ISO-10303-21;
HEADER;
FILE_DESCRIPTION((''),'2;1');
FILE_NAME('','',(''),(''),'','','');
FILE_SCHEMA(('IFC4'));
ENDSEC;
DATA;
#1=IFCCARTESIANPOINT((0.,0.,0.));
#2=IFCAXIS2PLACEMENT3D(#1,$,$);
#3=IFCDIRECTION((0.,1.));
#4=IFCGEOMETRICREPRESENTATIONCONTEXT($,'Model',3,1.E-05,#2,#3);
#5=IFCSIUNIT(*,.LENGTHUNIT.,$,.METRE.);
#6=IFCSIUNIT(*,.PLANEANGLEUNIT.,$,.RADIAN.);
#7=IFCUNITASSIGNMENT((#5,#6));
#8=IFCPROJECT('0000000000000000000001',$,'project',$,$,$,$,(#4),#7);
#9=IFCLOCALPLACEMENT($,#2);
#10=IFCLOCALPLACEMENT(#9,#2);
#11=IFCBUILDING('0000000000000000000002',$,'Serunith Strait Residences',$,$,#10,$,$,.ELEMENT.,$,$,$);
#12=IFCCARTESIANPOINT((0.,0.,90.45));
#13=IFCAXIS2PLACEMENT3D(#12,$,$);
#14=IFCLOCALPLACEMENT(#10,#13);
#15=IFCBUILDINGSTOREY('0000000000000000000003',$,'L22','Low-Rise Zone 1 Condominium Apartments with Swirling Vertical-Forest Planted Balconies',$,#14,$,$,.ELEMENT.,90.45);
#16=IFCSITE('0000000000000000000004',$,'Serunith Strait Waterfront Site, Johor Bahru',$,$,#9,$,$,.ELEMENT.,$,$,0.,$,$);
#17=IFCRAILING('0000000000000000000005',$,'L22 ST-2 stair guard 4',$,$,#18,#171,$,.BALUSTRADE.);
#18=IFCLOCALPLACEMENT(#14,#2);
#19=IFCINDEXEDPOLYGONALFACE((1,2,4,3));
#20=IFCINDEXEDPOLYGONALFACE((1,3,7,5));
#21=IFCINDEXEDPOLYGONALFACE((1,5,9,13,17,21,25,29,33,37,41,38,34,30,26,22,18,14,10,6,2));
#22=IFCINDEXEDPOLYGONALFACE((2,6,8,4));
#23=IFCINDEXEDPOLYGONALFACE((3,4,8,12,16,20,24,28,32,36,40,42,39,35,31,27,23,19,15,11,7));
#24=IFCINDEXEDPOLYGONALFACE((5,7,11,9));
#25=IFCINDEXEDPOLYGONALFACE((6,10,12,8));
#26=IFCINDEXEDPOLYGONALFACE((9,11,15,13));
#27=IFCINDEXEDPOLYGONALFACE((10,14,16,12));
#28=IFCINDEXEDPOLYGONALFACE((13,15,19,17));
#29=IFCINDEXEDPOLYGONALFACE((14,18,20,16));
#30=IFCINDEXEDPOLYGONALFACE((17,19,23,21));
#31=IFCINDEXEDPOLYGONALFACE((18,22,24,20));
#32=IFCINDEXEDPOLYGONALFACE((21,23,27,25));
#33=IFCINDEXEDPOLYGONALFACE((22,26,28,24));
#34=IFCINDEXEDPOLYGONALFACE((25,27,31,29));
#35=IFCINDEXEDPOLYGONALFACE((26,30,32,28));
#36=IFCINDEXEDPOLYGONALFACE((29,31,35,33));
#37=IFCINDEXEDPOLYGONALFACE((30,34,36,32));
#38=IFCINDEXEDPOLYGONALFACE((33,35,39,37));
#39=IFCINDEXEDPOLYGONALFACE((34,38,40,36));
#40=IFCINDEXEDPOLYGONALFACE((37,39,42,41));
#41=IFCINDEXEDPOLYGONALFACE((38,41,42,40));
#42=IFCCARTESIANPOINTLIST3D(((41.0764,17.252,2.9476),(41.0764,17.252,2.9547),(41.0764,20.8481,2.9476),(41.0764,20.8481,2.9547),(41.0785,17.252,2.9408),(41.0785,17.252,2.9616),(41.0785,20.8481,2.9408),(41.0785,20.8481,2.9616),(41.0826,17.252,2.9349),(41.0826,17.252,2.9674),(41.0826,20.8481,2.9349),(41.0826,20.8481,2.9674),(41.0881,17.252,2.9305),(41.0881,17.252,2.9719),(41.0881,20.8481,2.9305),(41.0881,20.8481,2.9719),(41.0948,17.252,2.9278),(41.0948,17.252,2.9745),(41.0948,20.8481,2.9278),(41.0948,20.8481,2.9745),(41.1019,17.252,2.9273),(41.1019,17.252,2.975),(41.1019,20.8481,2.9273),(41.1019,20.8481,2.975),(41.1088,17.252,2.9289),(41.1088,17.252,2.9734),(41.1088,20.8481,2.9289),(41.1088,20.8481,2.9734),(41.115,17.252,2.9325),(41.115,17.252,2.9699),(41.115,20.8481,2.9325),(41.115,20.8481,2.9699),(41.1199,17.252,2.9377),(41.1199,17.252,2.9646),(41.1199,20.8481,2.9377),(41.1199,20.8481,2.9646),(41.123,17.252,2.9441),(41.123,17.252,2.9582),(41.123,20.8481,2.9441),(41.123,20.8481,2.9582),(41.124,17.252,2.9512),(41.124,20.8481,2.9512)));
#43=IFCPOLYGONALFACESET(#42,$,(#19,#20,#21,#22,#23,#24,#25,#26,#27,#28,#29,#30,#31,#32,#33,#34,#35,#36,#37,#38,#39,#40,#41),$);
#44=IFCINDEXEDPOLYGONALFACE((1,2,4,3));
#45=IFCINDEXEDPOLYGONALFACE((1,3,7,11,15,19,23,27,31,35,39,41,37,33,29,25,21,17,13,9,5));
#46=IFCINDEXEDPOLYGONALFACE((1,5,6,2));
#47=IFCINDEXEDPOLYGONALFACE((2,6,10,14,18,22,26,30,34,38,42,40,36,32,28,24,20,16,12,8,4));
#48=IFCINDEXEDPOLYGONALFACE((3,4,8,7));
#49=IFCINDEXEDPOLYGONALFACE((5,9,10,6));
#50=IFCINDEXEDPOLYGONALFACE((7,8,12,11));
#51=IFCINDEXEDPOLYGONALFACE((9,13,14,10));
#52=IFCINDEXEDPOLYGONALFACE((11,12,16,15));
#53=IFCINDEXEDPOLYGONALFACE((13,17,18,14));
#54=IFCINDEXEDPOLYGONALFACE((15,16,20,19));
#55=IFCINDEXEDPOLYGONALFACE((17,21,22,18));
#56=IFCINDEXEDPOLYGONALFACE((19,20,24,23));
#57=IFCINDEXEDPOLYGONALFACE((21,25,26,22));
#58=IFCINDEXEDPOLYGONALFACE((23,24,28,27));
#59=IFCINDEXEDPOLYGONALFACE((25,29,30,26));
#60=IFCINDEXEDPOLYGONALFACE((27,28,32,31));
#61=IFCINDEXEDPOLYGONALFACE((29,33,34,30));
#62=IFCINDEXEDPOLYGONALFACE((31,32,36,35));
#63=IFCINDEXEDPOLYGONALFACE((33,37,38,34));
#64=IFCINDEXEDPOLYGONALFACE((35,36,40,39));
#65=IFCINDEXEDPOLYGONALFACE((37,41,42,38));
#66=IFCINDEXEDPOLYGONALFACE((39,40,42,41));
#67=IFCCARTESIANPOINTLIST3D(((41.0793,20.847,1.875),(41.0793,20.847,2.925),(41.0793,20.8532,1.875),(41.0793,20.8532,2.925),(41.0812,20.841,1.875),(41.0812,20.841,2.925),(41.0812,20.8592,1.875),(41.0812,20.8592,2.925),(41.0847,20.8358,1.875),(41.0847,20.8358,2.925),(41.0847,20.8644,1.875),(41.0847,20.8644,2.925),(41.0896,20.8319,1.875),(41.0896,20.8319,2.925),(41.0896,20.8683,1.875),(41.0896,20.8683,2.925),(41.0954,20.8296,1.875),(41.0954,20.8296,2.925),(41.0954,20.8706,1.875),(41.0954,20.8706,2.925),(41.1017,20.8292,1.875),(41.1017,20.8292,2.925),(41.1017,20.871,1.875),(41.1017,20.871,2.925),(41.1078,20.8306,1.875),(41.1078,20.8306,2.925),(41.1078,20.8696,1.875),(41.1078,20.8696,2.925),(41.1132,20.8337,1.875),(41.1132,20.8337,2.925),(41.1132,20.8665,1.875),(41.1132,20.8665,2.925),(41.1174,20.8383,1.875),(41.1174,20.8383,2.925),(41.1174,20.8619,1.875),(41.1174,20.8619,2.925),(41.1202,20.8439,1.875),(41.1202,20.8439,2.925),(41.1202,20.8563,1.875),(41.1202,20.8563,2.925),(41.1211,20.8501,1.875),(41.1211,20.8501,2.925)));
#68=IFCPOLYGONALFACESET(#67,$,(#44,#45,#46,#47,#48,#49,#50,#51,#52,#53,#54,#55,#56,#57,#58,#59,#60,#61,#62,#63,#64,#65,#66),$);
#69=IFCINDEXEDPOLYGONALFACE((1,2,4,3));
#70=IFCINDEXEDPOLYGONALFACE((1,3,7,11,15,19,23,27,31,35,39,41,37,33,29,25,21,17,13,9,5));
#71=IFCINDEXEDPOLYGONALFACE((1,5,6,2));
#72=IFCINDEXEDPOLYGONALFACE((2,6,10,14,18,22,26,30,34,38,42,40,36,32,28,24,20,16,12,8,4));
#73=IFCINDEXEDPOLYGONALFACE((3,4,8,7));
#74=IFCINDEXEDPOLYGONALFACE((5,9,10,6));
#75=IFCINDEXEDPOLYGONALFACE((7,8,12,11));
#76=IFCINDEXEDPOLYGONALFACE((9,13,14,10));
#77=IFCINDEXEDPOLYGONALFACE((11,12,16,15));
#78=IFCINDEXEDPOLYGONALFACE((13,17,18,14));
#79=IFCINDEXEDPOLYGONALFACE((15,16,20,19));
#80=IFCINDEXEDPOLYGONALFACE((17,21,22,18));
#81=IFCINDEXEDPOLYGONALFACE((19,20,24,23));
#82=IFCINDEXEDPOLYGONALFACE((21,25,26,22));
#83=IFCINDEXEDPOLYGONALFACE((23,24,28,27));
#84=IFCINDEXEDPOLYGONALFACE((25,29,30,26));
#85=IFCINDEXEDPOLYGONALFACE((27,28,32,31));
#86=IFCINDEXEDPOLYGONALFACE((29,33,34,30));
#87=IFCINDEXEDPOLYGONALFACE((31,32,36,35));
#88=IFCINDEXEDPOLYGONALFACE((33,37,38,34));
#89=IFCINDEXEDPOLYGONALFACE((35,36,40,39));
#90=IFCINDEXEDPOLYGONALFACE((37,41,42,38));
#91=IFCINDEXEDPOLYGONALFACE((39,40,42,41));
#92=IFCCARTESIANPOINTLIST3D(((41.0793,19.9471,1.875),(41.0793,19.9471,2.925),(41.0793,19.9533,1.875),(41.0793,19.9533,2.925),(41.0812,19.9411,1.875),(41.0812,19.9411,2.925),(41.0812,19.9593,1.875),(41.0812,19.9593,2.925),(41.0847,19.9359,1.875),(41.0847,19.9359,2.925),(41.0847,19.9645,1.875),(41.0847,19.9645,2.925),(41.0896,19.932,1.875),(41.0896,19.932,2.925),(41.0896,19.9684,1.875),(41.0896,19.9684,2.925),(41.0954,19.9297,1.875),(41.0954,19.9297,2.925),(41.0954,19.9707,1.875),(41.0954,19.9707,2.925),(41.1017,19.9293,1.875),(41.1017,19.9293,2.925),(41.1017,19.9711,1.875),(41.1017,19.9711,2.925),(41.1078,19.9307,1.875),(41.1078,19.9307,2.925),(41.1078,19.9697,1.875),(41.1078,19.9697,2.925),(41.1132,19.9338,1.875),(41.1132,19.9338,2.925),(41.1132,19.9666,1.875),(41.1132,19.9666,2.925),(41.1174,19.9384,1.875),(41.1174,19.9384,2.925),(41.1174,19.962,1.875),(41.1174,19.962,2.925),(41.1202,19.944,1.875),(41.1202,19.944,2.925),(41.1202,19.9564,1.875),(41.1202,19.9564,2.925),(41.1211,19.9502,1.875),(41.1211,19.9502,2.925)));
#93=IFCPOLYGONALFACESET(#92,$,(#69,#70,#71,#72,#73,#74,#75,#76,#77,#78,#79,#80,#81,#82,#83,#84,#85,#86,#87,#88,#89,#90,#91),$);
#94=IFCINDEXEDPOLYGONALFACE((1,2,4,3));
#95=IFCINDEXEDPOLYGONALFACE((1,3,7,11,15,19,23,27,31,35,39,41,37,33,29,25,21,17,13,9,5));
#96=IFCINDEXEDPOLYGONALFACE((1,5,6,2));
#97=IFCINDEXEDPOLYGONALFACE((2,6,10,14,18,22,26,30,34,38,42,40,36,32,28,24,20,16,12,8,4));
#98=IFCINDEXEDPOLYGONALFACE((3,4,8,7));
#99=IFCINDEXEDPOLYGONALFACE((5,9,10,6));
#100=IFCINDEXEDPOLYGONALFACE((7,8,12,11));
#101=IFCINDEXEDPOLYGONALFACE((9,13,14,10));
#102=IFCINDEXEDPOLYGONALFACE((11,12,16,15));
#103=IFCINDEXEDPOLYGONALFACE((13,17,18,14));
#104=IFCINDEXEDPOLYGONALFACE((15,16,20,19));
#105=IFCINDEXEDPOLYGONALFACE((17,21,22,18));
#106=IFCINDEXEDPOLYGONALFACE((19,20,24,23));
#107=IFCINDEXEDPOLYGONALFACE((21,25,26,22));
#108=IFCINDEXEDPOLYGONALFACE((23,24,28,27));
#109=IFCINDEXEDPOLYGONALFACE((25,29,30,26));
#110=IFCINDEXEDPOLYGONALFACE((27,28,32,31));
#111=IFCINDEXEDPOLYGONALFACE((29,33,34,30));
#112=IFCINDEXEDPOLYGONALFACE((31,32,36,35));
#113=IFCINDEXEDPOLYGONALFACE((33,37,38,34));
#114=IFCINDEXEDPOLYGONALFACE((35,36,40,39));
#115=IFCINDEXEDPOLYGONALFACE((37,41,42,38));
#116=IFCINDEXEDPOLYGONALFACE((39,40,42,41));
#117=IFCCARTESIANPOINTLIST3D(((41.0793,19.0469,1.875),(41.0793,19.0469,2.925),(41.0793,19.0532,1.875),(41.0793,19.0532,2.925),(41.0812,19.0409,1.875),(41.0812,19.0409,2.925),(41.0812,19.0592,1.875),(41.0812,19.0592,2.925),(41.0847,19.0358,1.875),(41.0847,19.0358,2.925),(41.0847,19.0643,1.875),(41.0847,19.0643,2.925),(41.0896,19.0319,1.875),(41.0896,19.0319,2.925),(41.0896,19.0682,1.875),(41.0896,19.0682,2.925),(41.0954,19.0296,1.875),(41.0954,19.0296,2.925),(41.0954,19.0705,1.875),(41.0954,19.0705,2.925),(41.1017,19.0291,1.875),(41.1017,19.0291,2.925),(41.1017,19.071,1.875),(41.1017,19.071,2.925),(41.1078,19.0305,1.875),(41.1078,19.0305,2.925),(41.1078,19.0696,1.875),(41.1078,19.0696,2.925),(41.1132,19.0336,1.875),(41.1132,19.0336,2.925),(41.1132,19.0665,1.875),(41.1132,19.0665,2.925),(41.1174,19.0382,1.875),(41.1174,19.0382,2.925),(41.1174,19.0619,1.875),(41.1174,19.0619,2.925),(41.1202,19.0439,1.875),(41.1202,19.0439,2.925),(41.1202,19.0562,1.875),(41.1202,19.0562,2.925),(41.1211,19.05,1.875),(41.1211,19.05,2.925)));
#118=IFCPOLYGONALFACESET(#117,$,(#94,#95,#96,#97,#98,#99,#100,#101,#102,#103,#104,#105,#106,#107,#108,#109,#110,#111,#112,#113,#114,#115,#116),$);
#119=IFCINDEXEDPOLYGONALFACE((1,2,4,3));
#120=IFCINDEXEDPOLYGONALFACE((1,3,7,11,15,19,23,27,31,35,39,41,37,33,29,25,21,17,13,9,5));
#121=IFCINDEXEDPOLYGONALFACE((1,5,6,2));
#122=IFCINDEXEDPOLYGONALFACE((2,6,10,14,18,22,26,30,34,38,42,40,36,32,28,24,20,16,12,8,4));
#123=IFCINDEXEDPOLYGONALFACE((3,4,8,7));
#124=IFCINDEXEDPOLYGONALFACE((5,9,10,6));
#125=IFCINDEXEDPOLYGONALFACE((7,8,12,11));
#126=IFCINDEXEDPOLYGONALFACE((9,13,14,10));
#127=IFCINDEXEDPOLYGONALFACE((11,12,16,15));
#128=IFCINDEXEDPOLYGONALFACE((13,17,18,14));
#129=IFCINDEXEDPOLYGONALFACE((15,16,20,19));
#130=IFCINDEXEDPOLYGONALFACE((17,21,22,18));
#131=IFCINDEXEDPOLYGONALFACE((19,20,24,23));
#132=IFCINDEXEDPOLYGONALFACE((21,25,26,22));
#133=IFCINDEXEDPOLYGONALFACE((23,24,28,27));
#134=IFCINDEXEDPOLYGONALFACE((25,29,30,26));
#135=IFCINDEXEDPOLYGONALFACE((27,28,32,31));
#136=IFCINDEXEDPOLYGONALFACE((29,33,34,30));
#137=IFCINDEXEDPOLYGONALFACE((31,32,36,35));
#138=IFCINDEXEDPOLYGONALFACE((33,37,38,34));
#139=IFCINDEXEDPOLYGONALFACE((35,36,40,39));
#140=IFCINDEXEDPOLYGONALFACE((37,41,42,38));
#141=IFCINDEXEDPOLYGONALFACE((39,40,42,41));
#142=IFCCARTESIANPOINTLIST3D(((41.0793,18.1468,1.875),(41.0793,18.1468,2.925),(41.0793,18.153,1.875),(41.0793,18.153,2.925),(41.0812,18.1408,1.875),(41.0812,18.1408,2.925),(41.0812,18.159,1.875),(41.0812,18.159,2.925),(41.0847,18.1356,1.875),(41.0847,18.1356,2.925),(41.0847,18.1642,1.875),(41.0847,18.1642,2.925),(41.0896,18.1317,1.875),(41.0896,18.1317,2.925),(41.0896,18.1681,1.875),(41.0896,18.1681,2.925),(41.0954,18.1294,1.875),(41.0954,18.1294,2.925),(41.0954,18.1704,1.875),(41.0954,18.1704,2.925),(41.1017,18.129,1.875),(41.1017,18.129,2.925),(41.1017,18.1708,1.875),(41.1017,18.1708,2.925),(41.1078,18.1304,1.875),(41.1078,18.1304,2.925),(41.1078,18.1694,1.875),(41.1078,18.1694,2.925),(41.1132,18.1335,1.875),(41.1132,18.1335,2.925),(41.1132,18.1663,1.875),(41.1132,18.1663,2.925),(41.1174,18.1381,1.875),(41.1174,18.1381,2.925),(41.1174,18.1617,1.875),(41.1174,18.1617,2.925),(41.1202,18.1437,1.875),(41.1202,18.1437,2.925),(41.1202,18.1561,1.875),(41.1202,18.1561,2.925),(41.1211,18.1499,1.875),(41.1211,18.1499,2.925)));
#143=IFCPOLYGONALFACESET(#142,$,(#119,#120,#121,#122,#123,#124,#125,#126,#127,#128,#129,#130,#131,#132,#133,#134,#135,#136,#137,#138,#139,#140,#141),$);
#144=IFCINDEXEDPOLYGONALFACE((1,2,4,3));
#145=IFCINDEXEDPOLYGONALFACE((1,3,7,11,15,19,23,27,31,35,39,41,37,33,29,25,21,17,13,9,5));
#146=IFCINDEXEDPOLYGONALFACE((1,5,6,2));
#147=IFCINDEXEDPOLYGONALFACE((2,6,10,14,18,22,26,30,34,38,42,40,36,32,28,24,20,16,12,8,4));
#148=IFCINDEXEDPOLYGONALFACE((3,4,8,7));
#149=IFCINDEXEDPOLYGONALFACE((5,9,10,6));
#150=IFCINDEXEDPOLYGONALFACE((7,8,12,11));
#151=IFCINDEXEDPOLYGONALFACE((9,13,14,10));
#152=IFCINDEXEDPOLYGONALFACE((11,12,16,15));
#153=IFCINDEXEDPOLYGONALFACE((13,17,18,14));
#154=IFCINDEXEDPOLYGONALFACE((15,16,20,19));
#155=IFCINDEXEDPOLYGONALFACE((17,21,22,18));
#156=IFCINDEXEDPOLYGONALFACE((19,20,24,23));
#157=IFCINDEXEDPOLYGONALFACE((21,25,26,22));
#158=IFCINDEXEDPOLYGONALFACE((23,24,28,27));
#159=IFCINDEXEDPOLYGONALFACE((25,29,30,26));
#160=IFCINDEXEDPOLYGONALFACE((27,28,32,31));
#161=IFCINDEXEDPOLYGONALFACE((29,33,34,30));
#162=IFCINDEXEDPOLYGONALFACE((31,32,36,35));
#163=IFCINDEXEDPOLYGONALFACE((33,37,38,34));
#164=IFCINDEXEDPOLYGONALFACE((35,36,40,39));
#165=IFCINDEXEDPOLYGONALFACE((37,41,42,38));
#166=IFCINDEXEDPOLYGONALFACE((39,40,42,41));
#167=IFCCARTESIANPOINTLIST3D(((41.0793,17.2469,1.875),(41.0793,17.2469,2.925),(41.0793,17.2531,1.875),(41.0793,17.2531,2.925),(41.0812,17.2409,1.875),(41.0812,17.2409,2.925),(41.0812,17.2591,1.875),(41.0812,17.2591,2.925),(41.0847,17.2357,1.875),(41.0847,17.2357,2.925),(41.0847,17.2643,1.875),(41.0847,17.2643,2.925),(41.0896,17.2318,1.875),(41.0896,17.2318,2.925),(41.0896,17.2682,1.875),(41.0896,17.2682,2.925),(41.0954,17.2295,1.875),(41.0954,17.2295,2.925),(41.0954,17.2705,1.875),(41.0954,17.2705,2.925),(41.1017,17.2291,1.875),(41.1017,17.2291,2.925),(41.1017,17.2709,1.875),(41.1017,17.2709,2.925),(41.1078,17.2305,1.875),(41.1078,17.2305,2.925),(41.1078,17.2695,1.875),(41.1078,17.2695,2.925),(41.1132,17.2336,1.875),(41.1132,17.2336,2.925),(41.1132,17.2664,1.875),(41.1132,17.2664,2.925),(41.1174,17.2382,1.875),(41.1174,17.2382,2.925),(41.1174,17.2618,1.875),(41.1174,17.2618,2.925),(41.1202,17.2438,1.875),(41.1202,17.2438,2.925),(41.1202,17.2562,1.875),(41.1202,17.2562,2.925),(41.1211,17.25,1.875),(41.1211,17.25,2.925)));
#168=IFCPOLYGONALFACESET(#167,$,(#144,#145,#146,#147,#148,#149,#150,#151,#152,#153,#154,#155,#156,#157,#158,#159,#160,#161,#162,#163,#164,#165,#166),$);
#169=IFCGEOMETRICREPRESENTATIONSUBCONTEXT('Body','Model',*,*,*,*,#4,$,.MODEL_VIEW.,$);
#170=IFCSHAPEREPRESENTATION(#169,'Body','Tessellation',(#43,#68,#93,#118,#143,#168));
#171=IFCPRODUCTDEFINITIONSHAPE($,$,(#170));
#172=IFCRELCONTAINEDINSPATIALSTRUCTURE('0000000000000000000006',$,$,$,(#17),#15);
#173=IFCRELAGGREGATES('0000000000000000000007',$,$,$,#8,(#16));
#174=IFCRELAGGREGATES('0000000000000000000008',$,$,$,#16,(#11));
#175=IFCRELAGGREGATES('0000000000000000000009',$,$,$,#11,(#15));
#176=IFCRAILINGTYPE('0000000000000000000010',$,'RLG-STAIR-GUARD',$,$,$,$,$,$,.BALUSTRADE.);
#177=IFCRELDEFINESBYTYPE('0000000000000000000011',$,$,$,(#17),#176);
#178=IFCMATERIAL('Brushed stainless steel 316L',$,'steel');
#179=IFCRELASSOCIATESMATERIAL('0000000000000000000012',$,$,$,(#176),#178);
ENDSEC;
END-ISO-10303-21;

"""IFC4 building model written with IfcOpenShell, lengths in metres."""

from ifc_helpers import new_model, si_unit, direction, frame, origin, origin_2d, place, context, subcontext, project, spatial, circle, extrude, material, type_object, element, save


model = new_model("IFC4")

# Units and contexts
model_context = context("Model", 3, precision=1e-05, world=origin(), true_north=direction((0.0, 1.0)))
body_context = subcontext(model_context, "Body", "Model", "MODEL_VIEW")
ifc_project = project(units=[si_unit("LENGTHUNIT", "METRE"), si_unit("PLANEANGLEUNIT", "RADIAN")], contexts=[model_context])

# Site, building, storey
site_placement = place(None, origin())
site = spatial("IfcSite", under=ifc_project, at=site_placement, Name="Serunith Strait Waterfront Site, Johor Bahru", CompositionType="ELEMENT", RefElevation=0.0)
building_placement = place(site_placement, origin())
building = spatial("IfcBuilding", under=site, at=building_placement, Name="Serunith Strait Residences", CompositionType="ELEMENT")
storey_placement = place(building_placement, frame((0.0, 0.0, 90.45)))
storey = spatial("IfcBuildingStorey", under=building, at=storey_placement, Name="L22", Description="Low-Rise Zone 1 Condominium Apartments with Swirling Vertical-Forest Planted Balconies", CompositionType="ELEMENT", Elevation=90.45)

# Railing
ifc_material_1 = material(Name="Brushed stainless steel 316L", Category="steel")
railing_type_1 = type_object("IfcRailingType", Name="RLG-STAIR-GUARD", PredefinedType="BALUSTRADE", material=ifc_material_1)
for number, where, name in (
    (1, (41.1001, 20.8501, 1.875), "L22 ST-2 stair guard 4"),
):
    element("IfcRailing", number, at=place(storey_placement, frame(where)), inside=storey, type_object=railing_type_1, Name=name, PredefinedType="BALUSTRADE", context=body_context, shape_type="SweptSolid", body=[
        extrude(circle(Radius=0.0239, at=origin_2d()), frame((0.0, -0.002, 1.0762), z_axis=(0.0, -1.0, 0.0), x_axis=(1.0, 0.0, 0.0)), (0.0, 0.0, 1.0), 3.5962),
        extrude(circle(Radius=0.021, at=origin_2d()), origin(), (0.0, 0.0, 1.0), 1.05),
        extrude(circle(Radius=0.021, at=origin_2d()), frame((0.0, -0.8999, 0.0)), (0.0, 0.0, 1.0), 1.05),
        extrude(circle(Radius=0.021, at=origin_2d()), frame((0.0, -1.8, 0.0)), (0.0, 0.0, 1.0), 1.05),
        extrude(circle(Radius=0.021, at=origin_2d()), frame((0.0, -2.7002, 0.0)), (0.0, 0.0, 1.0), 1.05),
        extrude(circle(Radius=0.021, at=origin_2d()), frame((0.0, -3.6001, 0.0)), (0.0, 0.0, 1.0), 1.05),
    ])

save(model, "model.ifc")
